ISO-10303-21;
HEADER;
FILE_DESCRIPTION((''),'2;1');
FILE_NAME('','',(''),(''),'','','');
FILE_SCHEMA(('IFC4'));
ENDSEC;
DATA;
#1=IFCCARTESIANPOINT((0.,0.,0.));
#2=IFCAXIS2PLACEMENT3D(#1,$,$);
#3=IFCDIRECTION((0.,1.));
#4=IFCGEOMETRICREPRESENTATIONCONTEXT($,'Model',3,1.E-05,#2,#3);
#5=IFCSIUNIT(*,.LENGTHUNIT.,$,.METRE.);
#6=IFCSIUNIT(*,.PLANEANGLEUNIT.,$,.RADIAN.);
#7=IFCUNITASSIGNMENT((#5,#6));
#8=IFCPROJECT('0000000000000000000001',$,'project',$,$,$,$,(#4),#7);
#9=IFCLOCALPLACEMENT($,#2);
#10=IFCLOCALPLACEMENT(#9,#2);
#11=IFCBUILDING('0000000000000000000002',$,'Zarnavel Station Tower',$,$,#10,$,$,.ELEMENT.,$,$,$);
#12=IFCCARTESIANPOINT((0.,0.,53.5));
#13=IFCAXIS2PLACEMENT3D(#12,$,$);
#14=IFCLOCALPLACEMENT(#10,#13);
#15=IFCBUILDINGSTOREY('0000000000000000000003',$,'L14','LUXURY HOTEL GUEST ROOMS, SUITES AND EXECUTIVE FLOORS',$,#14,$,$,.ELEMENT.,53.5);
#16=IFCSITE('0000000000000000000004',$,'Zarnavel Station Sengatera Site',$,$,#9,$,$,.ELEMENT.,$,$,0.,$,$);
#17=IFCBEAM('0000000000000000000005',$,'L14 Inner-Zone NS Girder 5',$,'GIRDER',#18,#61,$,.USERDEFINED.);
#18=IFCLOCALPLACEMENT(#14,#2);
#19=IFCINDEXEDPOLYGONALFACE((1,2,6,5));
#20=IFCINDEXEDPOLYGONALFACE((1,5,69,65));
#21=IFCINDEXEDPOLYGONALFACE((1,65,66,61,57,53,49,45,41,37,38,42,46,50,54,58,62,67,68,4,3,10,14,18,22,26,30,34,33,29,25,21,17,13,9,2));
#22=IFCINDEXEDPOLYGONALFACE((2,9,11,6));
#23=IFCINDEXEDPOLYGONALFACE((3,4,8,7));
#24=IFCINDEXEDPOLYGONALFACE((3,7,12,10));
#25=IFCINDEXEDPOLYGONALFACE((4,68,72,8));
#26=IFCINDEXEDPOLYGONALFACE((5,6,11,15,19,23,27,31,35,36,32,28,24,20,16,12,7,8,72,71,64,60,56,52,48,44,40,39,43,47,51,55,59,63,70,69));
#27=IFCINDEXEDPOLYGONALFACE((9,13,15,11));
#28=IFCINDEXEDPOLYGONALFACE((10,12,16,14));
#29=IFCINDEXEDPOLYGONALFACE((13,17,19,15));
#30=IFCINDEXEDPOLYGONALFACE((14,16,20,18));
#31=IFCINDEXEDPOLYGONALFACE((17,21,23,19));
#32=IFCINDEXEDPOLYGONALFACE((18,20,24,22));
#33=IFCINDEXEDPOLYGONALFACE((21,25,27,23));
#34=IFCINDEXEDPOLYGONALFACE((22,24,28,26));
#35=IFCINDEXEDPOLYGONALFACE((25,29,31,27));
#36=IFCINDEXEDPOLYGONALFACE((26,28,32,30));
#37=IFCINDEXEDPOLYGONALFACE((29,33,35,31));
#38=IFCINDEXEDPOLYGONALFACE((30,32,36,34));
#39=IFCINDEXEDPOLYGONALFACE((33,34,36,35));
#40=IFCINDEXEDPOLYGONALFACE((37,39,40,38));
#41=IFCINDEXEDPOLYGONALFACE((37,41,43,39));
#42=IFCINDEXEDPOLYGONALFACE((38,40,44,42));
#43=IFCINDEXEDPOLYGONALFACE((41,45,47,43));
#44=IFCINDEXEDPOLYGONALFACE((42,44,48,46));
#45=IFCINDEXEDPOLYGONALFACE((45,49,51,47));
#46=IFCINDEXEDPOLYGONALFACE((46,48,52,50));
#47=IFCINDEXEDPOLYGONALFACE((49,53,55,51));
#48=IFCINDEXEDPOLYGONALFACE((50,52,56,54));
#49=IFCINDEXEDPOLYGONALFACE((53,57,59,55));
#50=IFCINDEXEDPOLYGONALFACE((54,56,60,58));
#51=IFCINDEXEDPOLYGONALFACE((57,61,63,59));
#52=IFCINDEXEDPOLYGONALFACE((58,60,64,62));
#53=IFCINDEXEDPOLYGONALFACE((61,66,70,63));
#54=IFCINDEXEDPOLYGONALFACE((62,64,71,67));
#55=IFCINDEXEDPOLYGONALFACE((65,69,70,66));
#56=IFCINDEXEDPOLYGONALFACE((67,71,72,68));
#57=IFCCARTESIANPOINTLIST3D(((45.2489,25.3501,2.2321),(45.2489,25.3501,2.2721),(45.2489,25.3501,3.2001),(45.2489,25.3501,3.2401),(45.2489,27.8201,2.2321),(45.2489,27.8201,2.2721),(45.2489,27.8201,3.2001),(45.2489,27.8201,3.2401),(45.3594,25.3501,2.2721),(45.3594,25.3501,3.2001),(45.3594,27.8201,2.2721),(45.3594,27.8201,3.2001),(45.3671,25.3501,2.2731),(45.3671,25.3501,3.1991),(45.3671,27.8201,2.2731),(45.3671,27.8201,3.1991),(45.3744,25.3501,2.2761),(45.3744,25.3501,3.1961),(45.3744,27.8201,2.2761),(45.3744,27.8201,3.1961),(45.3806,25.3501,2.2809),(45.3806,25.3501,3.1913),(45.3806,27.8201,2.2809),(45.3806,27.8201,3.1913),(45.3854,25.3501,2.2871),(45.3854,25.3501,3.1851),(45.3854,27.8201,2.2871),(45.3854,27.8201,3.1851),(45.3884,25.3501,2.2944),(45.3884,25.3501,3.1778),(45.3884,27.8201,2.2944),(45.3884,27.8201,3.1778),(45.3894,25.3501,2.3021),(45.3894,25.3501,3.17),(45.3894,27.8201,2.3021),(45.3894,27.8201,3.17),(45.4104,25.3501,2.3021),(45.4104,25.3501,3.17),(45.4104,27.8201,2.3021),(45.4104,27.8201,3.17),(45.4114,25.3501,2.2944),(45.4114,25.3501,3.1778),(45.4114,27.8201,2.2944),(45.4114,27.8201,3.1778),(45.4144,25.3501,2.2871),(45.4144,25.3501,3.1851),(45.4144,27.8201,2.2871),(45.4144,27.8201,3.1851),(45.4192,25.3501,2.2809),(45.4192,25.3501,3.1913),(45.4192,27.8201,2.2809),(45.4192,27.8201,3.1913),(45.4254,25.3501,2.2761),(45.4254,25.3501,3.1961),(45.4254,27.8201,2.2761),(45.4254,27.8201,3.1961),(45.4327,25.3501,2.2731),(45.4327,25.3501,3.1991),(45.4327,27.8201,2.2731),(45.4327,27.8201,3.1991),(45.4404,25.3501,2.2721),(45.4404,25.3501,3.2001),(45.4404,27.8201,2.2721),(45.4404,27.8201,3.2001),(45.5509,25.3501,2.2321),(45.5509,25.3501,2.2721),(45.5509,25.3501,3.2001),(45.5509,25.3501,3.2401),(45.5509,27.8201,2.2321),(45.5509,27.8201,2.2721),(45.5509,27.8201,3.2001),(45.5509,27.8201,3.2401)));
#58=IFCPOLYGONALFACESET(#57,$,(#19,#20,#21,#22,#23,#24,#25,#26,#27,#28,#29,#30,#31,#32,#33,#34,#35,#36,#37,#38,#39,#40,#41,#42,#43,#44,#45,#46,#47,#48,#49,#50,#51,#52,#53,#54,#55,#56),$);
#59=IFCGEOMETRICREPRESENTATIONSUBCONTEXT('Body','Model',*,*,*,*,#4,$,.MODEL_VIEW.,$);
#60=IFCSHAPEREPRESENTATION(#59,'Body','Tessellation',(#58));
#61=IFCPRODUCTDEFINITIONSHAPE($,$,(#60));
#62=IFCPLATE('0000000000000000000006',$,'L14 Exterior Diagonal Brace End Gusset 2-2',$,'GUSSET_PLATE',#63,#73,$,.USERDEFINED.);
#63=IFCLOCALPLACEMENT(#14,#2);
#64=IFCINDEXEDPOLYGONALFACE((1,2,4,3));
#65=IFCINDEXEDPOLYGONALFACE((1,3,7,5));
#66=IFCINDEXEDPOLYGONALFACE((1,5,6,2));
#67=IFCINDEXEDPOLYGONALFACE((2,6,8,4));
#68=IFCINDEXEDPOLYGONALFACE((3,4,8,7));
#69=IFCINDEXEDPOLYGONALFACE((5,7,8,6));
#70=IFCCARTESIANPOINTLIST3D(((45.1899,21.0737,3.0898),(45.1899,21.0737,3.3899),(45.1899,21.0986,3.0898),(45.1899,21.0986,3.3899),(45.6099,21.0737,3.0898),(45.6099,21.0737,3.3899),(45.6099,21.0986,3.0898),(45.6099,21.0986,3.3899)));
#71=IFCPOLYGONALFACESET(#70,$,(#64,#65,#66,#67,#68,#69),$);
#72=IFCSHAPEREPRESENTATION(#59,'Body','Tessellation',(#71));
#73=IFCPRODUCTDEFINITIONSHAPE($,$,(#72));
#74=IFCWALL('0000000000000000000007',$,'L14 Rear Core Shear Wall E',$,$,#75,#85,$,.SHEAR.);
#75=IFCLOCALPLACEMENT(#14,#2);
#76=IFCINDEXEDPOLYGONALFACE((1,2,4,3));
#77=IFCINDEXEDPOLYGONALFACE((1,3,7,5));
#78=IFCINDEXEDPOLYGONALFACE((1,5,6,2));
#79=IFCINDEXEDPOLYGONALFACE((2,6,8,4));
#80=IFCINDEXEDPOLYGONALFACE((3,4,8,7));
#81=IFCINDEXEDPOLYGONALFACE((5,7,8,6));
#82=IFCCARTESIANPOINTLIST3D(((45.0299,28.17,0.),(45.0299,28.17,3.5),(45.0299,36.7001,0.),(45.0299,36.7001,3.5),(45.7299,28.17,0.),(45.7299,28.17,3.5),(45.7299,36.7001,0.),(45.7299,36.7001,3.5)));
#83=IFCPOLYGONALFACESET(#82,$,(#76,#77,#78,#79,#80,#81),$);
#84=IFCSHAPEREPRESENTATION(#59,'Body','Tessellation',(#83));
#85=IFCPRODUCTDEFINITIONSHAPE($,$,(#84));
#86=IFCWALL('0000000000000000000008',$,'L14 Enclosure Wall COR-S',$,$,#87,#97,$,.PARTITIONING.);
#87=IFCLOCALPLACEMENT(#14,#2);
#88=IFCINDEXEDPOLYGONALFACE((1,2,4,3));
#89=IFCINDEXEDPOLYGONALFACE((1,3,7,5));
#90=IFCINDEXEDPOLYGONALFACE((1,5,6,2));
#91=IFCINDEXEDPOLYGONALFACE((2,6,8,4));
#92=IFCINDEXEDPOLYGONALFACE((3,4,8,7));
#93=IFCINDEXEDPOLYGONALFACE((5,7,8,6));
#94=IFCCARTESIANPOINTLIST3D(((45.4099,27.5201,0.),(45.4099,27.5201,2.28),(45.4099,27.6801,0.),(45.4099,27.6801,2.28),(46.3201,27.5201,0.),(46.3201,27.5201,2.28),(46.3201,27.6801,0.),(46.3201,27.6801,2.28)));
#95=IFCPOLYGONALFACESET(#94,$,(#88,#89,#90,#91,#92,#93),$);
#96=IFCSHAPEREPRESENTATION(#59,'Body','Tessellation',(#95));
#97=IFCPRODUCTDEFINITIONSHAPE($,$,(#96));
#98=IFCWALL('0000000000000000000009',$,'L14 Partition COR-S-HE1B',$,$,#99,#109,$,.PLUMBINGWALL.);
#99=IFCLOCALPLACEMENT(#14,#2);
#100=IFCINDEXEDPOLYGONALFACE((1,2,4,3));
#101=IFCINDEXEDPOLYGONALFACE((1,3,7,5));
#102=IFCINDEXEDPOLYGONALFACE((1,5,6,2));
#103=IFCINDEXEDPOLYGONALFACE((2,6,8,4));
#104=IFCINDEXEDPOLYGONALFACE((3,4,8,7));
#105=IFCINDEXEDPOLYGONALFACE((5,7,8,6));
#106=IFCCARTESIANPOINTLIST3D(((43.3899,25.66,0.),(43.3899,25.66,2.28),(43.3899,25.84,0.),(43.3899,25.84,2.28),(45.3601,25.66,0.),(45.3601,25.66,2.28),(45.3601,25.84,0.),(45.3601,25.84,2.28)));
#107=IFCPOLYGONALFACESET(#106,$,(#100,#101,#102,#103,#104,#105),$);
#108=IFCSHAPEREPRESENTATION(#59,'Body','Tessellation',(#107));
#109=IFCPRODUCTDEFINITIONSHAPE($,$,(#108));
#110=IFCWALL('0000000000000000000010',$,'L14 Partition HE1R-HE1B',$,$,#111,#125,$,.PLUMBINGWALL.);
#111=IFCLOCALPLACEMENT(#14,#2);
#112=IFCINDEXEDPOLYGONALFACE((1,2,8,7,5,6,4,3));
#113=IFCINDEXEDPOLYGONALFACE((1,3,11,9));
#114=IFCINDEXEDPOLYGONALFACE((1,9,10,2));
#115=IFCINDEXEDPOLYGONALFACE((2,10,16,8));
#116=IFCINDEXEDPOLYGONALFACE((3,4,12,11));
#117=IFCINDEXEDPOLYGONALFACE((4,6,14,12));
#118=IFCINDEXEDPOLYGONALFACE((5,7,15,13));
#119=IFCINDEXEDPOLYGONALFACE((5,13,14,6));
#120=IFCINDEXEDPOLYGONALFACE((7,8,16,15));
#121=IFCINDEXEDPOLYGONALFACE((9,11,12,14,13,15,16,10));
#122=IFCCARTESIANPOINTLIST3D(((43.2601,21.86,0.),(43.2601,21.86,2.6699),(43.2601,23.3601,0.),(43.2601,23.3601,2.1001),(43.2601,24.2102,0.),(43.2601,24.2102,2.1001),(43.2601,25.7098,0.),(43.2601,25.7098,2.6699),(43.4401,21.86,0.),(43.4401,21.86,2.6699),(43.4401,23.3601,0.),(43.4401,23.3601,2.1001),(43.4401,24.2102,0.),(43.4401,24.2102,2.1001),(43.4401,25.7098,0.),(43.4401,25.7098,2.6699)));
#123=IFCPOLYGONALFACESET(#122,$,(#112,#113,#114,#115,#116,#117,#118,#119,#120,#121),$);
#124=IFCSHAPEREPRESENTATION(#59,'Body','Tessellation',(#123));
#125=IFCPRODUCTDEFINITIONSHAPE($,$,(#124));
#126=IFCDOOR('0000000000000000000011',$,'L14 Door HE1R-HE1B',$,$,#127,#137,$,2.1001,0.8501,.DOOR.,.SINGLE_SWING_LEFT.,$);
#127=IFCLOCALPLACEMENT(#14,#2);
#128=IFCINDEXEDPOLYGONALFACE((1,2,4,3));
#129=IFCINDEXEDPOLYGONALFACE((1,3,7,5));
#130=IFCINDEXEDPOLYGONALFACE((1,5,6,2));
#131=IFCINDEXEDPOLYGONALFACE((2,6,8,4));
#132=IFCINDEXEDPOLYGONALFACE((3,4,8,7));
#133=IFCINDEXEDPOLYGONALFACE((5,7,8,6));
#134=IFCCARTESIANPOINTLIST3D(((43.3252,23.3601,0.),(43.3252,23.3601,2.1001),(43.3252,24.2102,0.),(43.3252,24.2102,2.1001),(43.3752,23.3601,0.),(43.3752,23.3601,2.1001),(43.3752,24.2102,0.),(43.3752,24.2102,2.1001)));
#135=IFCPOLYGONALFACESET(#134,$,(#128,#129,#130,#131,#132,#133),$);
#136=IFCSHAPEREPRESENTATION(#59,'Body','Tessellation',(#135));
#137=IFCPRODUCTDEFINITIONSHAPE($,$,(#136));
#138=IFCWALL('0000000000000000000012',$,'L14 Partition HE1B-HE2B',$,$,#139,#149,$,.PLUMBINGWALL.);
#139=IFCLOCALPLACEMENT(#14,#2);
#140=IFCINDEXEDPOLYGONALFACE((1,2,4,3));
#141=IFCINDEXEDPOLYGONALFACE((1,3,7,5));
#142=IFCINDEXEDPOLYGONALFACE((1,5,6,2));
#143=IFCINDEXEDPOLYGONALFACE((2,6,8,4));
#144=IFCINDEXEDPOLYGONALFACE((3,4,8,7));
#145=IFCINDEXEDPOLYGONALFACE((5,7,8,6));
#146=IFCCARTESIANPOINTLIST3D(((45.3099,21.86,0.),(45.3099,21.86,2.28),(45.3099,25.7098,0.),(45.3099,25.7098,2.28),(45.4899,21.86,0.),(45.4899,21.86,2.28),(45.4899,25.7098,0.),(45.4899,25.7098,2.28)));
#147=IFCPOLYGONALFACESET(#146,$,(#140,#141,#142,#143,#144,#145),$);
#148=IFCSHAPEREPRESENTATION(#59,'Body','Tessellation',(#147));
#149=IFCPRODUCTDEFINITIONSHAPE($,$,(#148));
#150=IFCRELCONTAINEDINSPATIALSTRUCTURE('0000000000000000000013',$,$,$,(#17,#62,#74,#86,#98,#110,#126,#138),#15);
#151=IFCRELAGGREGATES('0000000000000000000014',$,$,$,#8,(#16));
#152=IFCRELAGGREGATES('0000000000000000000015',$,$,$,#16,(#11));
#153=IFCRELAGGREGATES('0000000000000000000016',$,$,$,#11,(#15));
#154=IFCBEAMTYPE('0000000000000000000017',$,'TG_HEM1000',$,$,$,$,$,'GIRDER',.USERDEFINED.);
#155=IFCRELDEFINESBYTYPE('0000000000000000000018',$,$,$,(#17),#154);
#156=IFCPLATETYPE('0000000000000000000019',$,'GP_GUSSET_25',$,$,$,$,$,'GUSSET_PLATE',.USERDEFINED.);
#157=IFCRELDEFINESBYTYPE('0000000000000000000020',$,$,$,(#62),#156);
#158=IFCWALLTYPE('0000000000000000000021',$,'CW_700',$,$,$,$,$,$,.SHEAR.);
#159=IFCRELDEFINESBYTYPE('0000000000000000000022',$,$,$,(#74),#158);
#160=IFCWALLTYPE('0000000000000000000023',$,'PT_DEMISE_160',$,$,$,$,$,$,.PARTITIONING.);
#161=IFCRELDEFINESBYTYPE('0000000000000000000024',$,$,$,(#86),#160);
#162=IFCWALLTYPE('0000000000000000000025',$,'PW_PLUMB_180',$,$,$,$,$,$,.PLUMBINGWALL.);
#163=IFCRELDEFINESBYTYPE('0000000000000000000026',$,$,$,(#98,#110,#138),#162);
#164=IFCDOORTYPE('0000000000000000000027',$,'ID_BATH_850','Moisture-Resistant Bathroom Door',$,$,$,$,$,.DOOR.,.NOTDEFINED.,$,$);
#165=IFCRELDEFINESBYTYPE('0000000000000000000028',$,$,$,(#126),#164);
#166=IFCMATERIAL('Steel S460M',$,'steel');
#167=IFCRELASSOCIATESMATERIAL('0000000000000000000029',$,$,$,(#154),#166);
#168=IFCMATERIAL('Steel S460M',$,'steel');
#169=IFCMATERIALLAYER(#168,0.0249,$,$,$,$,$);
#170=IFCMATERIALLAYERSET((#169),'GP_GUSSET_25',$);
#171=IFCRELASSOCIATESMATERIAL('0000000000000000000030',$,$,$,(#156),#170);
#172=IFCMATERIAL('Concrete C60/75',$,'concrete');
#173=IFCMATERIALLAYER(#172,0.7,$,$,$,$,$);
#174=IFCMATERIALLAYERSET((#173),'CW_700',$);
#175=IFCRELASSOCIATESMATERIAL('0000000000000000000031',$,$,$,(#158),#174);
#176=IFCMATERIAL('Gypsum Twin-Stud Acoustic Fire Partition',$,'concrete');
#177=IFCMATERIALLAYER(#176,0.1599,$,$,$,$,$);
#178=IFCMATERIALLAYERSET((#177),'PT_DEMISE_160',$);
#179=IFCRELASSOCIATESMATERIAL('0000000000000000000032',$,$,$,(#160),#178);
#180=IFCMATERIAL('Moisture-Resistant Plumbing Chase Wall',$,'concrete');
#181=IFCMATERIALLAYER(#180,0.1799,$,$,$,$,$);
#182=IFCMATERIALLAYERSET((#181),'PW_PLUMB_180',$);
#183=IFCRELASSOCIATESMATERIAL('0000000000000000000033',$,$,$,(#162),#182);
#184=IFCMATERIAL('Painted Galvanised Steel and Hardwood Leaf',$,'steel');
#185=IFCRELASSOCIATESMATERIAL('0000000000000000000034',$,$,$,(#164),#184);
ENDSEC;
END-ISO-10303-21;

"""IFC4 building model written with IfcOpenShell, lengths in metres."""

from ifc_helpers import new_model, si_unit, direction, frame, frame_2d, origin, origin_2d, place, context, subcontext, project, spatial, rectangle, i_section, extrude, material, layer, layer_set, material_profile, profile_set, type_object, element, fill, save


model = new_model("IFC4")

# Units and contexts
model_context = context("Model", 3, precision=1e-05, world=origin(), true_north=direction((0.0, 1.0)))
body_context = subcontext(model_context, "Body", "Model", "MODEL_VIEW")
ifc_project = project(units=[si_unit("LENGTHUNIT", "METRE"), si_unit("PLANEANGLEUNIT", "RADIAN")], contexts=[model_context])

# Site, building, storey
site_placement = place(None, origin())
site = spatial("IfcSite", under=ifc_project, at=site_placement, Name="Zarnavel Station Sengatera Site", CompositionType="ELEMENT", RefElevation=0.0)
building_placement = place(site_placement, origin())
building = spatial("IfcBuilding", under=site, at=building_placement, Name="Zarnavel Station Tower", CompositionType="ELEMENT")
storey_placement = place(building_placement, frame((0.0, 0.0, 53.5)))
storey = spatial("IfcBuildingStorey", under=building, at=storey_placement, Name="L14", Description="LUXURY HOTEL GUEST ROOMS, SUITES AND EXECUTIVE FLOORS", CompositionType="ELEMENT", Elevation=53.5)

# Beam
ifc_material_1 = material(Name="Steel S460M", Category="steel")
ifc_material_profile_1 = material_profile(ifc_material_1, i_section(OverallWidth=0.302, OverallDepth=1.0081, WebThickness=0.021, FlangeThickness=0.04, FilletRadius=0.03, at=origin_2d()), Name="HEM1000")
ifc_profile_set_1 = profile_set([ifc_material_profile_1], Name="Steel S460M")
beam_type = type_object("IfcBeamType", Name="TG_HEM1000", ElementType="GIRDER", PredefinedType="USERDEFINED", material=ifc_profile_set_1)
beam_1_placement = place(storey_placement, frame((45.3999, 25.3501, 2.7361), z_axis=(0.0, 1.0, 0.0), x_axis=(-1.0, 0.0, 0.0)))
element("IfcBeam", 1, at=beam_1_placement, inside=storey, type_object=beam_type, Name="L14 Inner-Zone NS Girder 5", ObjectType="GIRDER", PredefinedType="USERDEFINED", context=body_context, shape_type="SweptSolid", body=[
    extrude(i_section(OverallWidth=0.302, OverallDepth=1.0081, WebThickness=0.021, FlangeThickness=0.04, FilletRadius=0.03, at=origin_2d()), origin(), (0.0, 0.0, 1.0), 2.47),
])

# Plate
ifc_material_2 = material(Name="Steel S460M", Category="steel")
ifc_layer_1 = layer(ifc_material_2, 0.0249)
ifc_layer_set_1 = layer_set([ifc_layer_1], Name="GP_GUSSET_25")
plate_type = type_object("IfcPlateType", Name="GP_GUSSET_25", ElementType="GUSSET_PLATE", PredefinedType="USERDEFINED", material=ifc_layer_set_1)
plate_placement = place(storey_placement, frame((45.3999, 21.0862, 3.0898), z_axis=(0.0, 0.0, 1.0), x_axis=(1.0, 0.0, 0.0)))
element("IfcPlate", 2, at=plate_placement, inside=storey, type_object=plate_type, Name="L14 Exterior Diagonal Brace End Gusset 2-2", ObjectType="GUSSET_PLATE", PredefinedType="USERDEFINED", context=body_context, shape_type="SweptSolid", body=[
    extrude(rectangle(XDim=0.4199, YDim=0.0249, at=origin_2d()), origin(), (0.0, 0.0, 1.0), 0.3),
])

# Shared definitions
ifc_material_3 = material(Name="Concrete C60/75", Category="concrete")
ifc_layer_2 = layer(ifc_material_3, 0.7)
ifc_layer_set_2 = layer_set([ifc_layer_2], Name="CW_700")
wall_type_1 = type_object("IfcWallType", Name="CW_700", PredefinedType="SHEAR", material=ifc_layer_set_2)

# Walls
wall_1_placement = place(storey_placement, frame((45.3799, 28.1699, 0.0), z_axis=(0.0, 0.0, 1.0), x_axis=(0.0, 1.0, 0.0)))
element("IfcWall", 3, at=wall_1_placement, inside=storey, type_object=wall_type_1, Name="L14 Rear Core Shear Wall E", PredefinedType="SHEAR", context=body_context, shape_type="SweptSolid", body=[
    extrude(rectangle(XDim=8.53, YDim=0.7, at=frame_2d((4.2651, 0.0))), origin(), (0.0, 0.0, 1.0), 3.5),
])
ifc_material_4 = material(Name="Gypsum Twin-Stud Acoustic Fire Partition", Category="concrete")
ifc_layer_3 = layer(ifc_material_4, 0.1599)
ifc_layer_set_3 = layer_set([ifc_layer_3], Name="PT_DEMISE_160")
wall_type_2 = type_object("IfcWallType", Name="PT_DEMISE_160", PredefinedType="PARTITIONING", material=ifc_layer_set_3)
wall_2_placement = place(storey_placement, frame((45.4099, 27.6001, 0.0), z_axis=(0.0, 0.0, 1.0), x_axis=(1.0, 0.0, 0.0)))
element("IfcWall", 4, at=wall_2_placement, inside=storey, type_object=wall_type_2, Name="L14 Enclosure Wall COR-S", PredefinedType="PARTITIONING", context=body_context, shape_type="SweptSolid", body=[
    extrude(rectangle(XDim=0.9102, YDim=0.1599, at=frame_2d((0.4551, 0.0))), origin(), (0.0, 0.0, 1.0), 2.28),
])
ifc_material_5 = material(Name="Moisture-Resistant Plumbing Chase Wall", Category="concrete")
ifc_layer_4 = layer(ifc_material_5, 0.1799)
ifc_layer_set_4 = layer_set([ifc_layer_4], Name="PW_PLUMB_180")
wall_type_3 = type_object("IfcWallType", Name="PW_PLUMB_180", PredefinedType="PLUMBINGWALL", material=ifc_layer_set_4)
wall_3_placement = place(storey_placement, frame((43.3899, 25.75, 0.0), z_axis=(0.0, 0.0, 1.0), x_axis=(1.0, 0.0, 0.0)))
element("IfcWall", 5, at=wall_3_placement, inside=storey, type_object=wall_type_3, Name="L14 Partition COR-S-HE1B", PredefinedType="PLUMBINGWALL", context=body_context, shape_type="SweptSolid", body=[
    extrude(rectangle(XDim=1.9702, YDim=0.1799, at=frame_2d((0.9851, 0.0))), origin(), (0.0, 0.0, 1.0), 2.28),
])

# Wall, opening, door
wall_4_placement = place(storey_placement, frame((43.3501, 21.8601, 0.0), z_axis=(0.0, 0.0, 1.0), x_axis=(0.0, 1.0, 0.0)))
wall_4 = element("IfcWall", 6, at=wall_4_placement, inside=storey, type_object=wall_type_3, Name="L14 Partition HE1R-HE1B", PredefinedType="PLUMBINGWALL", context=body_context, shape_type="SweptSolid", body=[
    extrude(rectangle(XDim=3.8499, YDim=0.1799, at=frame_2d((1.9248, 0.0))), origin(), (0.0, 0.0, 1.0), 2.6699),
])
opening_1_placement = place(wall_4_placement, frame((1.5, 0.0, 0.0)))
opening_1 = element("IfcOpeningElement", 7, at=opening_1_placement, cuts=wall_4, PredefinedType="OPENING", context=body_context, shape_type="SweptSolid", body=[
    extrude(rectangle(XDim=0.8501, YDim=2.1001, at=frame_2d((0.425, 1.05))), frame((0.0, 0.0999, 0.0), z_axis=(0.0, -1.0, 0.0), x_axis=(1.0, 0.0, 0.0)), (0.0, 0.0, 1.0), 0.2),
])
ifc_material_6 = material(Name="Painted Galvanised Steel and Hardwood Leaf", Category="steel")
door_type_1 = type_object("IfcDoorType", Name="ID_BATH_850", Description="Moisture-Resistant Bathroom Door", OperationType="NOTDEFINED", PredefinedType="DOOR", material=ifc_material_6)
door_1_placement = place(opening_1_placement, origin())
door_1 = element("IfcDoor", 8, at=door_1_placement, inside=storey, type_object=door_type_1, Name="L14 Door HE1R-HE1B", OperationType="SINGLE_SWING_LEFT", OverallHeight=2.1001, OverallWidth=0.8501, PredefinedType="DOOR", context=body_context, shape_type="SweptSolid", body=[
    extrude(rectangle(XDim=0.8501, YDim=2.1001, at=frame_2d((0.425, 1.05))), frame((0.0, 0.0249, 0.0), z_axis=(0.0, -1.0, 0.0), x_axis=(1.0, 0.0, 0.0)), (0.0, 0.0, 1.0), 0.05),
])
fill(opening_1, door_1)

# Wall
wall_5_placement = place(storey_placement, frame((45.3999, 21.8601, 0.0), z_axis=(0.0, 0.0, 1.0), x_axis=(0.0, 1.0, 0.0)))
element("IfcWall", 9, at=wall_5_placement, inside=storey, type_object=wall_type_3, Name="L14 Partition HE1B-HE2B", PredefinedType="PLUMBINGWALL", context=body_context, shape_type="SweptSolid", body=[
    extrude(rectangle(XDim=3.8499, YDim=0.1799, at=frame_2d((1.9248, 0.0))), origin(), (0.0, 0.0, 1.0), 2.28),
])

save(model, "model.ifc")
